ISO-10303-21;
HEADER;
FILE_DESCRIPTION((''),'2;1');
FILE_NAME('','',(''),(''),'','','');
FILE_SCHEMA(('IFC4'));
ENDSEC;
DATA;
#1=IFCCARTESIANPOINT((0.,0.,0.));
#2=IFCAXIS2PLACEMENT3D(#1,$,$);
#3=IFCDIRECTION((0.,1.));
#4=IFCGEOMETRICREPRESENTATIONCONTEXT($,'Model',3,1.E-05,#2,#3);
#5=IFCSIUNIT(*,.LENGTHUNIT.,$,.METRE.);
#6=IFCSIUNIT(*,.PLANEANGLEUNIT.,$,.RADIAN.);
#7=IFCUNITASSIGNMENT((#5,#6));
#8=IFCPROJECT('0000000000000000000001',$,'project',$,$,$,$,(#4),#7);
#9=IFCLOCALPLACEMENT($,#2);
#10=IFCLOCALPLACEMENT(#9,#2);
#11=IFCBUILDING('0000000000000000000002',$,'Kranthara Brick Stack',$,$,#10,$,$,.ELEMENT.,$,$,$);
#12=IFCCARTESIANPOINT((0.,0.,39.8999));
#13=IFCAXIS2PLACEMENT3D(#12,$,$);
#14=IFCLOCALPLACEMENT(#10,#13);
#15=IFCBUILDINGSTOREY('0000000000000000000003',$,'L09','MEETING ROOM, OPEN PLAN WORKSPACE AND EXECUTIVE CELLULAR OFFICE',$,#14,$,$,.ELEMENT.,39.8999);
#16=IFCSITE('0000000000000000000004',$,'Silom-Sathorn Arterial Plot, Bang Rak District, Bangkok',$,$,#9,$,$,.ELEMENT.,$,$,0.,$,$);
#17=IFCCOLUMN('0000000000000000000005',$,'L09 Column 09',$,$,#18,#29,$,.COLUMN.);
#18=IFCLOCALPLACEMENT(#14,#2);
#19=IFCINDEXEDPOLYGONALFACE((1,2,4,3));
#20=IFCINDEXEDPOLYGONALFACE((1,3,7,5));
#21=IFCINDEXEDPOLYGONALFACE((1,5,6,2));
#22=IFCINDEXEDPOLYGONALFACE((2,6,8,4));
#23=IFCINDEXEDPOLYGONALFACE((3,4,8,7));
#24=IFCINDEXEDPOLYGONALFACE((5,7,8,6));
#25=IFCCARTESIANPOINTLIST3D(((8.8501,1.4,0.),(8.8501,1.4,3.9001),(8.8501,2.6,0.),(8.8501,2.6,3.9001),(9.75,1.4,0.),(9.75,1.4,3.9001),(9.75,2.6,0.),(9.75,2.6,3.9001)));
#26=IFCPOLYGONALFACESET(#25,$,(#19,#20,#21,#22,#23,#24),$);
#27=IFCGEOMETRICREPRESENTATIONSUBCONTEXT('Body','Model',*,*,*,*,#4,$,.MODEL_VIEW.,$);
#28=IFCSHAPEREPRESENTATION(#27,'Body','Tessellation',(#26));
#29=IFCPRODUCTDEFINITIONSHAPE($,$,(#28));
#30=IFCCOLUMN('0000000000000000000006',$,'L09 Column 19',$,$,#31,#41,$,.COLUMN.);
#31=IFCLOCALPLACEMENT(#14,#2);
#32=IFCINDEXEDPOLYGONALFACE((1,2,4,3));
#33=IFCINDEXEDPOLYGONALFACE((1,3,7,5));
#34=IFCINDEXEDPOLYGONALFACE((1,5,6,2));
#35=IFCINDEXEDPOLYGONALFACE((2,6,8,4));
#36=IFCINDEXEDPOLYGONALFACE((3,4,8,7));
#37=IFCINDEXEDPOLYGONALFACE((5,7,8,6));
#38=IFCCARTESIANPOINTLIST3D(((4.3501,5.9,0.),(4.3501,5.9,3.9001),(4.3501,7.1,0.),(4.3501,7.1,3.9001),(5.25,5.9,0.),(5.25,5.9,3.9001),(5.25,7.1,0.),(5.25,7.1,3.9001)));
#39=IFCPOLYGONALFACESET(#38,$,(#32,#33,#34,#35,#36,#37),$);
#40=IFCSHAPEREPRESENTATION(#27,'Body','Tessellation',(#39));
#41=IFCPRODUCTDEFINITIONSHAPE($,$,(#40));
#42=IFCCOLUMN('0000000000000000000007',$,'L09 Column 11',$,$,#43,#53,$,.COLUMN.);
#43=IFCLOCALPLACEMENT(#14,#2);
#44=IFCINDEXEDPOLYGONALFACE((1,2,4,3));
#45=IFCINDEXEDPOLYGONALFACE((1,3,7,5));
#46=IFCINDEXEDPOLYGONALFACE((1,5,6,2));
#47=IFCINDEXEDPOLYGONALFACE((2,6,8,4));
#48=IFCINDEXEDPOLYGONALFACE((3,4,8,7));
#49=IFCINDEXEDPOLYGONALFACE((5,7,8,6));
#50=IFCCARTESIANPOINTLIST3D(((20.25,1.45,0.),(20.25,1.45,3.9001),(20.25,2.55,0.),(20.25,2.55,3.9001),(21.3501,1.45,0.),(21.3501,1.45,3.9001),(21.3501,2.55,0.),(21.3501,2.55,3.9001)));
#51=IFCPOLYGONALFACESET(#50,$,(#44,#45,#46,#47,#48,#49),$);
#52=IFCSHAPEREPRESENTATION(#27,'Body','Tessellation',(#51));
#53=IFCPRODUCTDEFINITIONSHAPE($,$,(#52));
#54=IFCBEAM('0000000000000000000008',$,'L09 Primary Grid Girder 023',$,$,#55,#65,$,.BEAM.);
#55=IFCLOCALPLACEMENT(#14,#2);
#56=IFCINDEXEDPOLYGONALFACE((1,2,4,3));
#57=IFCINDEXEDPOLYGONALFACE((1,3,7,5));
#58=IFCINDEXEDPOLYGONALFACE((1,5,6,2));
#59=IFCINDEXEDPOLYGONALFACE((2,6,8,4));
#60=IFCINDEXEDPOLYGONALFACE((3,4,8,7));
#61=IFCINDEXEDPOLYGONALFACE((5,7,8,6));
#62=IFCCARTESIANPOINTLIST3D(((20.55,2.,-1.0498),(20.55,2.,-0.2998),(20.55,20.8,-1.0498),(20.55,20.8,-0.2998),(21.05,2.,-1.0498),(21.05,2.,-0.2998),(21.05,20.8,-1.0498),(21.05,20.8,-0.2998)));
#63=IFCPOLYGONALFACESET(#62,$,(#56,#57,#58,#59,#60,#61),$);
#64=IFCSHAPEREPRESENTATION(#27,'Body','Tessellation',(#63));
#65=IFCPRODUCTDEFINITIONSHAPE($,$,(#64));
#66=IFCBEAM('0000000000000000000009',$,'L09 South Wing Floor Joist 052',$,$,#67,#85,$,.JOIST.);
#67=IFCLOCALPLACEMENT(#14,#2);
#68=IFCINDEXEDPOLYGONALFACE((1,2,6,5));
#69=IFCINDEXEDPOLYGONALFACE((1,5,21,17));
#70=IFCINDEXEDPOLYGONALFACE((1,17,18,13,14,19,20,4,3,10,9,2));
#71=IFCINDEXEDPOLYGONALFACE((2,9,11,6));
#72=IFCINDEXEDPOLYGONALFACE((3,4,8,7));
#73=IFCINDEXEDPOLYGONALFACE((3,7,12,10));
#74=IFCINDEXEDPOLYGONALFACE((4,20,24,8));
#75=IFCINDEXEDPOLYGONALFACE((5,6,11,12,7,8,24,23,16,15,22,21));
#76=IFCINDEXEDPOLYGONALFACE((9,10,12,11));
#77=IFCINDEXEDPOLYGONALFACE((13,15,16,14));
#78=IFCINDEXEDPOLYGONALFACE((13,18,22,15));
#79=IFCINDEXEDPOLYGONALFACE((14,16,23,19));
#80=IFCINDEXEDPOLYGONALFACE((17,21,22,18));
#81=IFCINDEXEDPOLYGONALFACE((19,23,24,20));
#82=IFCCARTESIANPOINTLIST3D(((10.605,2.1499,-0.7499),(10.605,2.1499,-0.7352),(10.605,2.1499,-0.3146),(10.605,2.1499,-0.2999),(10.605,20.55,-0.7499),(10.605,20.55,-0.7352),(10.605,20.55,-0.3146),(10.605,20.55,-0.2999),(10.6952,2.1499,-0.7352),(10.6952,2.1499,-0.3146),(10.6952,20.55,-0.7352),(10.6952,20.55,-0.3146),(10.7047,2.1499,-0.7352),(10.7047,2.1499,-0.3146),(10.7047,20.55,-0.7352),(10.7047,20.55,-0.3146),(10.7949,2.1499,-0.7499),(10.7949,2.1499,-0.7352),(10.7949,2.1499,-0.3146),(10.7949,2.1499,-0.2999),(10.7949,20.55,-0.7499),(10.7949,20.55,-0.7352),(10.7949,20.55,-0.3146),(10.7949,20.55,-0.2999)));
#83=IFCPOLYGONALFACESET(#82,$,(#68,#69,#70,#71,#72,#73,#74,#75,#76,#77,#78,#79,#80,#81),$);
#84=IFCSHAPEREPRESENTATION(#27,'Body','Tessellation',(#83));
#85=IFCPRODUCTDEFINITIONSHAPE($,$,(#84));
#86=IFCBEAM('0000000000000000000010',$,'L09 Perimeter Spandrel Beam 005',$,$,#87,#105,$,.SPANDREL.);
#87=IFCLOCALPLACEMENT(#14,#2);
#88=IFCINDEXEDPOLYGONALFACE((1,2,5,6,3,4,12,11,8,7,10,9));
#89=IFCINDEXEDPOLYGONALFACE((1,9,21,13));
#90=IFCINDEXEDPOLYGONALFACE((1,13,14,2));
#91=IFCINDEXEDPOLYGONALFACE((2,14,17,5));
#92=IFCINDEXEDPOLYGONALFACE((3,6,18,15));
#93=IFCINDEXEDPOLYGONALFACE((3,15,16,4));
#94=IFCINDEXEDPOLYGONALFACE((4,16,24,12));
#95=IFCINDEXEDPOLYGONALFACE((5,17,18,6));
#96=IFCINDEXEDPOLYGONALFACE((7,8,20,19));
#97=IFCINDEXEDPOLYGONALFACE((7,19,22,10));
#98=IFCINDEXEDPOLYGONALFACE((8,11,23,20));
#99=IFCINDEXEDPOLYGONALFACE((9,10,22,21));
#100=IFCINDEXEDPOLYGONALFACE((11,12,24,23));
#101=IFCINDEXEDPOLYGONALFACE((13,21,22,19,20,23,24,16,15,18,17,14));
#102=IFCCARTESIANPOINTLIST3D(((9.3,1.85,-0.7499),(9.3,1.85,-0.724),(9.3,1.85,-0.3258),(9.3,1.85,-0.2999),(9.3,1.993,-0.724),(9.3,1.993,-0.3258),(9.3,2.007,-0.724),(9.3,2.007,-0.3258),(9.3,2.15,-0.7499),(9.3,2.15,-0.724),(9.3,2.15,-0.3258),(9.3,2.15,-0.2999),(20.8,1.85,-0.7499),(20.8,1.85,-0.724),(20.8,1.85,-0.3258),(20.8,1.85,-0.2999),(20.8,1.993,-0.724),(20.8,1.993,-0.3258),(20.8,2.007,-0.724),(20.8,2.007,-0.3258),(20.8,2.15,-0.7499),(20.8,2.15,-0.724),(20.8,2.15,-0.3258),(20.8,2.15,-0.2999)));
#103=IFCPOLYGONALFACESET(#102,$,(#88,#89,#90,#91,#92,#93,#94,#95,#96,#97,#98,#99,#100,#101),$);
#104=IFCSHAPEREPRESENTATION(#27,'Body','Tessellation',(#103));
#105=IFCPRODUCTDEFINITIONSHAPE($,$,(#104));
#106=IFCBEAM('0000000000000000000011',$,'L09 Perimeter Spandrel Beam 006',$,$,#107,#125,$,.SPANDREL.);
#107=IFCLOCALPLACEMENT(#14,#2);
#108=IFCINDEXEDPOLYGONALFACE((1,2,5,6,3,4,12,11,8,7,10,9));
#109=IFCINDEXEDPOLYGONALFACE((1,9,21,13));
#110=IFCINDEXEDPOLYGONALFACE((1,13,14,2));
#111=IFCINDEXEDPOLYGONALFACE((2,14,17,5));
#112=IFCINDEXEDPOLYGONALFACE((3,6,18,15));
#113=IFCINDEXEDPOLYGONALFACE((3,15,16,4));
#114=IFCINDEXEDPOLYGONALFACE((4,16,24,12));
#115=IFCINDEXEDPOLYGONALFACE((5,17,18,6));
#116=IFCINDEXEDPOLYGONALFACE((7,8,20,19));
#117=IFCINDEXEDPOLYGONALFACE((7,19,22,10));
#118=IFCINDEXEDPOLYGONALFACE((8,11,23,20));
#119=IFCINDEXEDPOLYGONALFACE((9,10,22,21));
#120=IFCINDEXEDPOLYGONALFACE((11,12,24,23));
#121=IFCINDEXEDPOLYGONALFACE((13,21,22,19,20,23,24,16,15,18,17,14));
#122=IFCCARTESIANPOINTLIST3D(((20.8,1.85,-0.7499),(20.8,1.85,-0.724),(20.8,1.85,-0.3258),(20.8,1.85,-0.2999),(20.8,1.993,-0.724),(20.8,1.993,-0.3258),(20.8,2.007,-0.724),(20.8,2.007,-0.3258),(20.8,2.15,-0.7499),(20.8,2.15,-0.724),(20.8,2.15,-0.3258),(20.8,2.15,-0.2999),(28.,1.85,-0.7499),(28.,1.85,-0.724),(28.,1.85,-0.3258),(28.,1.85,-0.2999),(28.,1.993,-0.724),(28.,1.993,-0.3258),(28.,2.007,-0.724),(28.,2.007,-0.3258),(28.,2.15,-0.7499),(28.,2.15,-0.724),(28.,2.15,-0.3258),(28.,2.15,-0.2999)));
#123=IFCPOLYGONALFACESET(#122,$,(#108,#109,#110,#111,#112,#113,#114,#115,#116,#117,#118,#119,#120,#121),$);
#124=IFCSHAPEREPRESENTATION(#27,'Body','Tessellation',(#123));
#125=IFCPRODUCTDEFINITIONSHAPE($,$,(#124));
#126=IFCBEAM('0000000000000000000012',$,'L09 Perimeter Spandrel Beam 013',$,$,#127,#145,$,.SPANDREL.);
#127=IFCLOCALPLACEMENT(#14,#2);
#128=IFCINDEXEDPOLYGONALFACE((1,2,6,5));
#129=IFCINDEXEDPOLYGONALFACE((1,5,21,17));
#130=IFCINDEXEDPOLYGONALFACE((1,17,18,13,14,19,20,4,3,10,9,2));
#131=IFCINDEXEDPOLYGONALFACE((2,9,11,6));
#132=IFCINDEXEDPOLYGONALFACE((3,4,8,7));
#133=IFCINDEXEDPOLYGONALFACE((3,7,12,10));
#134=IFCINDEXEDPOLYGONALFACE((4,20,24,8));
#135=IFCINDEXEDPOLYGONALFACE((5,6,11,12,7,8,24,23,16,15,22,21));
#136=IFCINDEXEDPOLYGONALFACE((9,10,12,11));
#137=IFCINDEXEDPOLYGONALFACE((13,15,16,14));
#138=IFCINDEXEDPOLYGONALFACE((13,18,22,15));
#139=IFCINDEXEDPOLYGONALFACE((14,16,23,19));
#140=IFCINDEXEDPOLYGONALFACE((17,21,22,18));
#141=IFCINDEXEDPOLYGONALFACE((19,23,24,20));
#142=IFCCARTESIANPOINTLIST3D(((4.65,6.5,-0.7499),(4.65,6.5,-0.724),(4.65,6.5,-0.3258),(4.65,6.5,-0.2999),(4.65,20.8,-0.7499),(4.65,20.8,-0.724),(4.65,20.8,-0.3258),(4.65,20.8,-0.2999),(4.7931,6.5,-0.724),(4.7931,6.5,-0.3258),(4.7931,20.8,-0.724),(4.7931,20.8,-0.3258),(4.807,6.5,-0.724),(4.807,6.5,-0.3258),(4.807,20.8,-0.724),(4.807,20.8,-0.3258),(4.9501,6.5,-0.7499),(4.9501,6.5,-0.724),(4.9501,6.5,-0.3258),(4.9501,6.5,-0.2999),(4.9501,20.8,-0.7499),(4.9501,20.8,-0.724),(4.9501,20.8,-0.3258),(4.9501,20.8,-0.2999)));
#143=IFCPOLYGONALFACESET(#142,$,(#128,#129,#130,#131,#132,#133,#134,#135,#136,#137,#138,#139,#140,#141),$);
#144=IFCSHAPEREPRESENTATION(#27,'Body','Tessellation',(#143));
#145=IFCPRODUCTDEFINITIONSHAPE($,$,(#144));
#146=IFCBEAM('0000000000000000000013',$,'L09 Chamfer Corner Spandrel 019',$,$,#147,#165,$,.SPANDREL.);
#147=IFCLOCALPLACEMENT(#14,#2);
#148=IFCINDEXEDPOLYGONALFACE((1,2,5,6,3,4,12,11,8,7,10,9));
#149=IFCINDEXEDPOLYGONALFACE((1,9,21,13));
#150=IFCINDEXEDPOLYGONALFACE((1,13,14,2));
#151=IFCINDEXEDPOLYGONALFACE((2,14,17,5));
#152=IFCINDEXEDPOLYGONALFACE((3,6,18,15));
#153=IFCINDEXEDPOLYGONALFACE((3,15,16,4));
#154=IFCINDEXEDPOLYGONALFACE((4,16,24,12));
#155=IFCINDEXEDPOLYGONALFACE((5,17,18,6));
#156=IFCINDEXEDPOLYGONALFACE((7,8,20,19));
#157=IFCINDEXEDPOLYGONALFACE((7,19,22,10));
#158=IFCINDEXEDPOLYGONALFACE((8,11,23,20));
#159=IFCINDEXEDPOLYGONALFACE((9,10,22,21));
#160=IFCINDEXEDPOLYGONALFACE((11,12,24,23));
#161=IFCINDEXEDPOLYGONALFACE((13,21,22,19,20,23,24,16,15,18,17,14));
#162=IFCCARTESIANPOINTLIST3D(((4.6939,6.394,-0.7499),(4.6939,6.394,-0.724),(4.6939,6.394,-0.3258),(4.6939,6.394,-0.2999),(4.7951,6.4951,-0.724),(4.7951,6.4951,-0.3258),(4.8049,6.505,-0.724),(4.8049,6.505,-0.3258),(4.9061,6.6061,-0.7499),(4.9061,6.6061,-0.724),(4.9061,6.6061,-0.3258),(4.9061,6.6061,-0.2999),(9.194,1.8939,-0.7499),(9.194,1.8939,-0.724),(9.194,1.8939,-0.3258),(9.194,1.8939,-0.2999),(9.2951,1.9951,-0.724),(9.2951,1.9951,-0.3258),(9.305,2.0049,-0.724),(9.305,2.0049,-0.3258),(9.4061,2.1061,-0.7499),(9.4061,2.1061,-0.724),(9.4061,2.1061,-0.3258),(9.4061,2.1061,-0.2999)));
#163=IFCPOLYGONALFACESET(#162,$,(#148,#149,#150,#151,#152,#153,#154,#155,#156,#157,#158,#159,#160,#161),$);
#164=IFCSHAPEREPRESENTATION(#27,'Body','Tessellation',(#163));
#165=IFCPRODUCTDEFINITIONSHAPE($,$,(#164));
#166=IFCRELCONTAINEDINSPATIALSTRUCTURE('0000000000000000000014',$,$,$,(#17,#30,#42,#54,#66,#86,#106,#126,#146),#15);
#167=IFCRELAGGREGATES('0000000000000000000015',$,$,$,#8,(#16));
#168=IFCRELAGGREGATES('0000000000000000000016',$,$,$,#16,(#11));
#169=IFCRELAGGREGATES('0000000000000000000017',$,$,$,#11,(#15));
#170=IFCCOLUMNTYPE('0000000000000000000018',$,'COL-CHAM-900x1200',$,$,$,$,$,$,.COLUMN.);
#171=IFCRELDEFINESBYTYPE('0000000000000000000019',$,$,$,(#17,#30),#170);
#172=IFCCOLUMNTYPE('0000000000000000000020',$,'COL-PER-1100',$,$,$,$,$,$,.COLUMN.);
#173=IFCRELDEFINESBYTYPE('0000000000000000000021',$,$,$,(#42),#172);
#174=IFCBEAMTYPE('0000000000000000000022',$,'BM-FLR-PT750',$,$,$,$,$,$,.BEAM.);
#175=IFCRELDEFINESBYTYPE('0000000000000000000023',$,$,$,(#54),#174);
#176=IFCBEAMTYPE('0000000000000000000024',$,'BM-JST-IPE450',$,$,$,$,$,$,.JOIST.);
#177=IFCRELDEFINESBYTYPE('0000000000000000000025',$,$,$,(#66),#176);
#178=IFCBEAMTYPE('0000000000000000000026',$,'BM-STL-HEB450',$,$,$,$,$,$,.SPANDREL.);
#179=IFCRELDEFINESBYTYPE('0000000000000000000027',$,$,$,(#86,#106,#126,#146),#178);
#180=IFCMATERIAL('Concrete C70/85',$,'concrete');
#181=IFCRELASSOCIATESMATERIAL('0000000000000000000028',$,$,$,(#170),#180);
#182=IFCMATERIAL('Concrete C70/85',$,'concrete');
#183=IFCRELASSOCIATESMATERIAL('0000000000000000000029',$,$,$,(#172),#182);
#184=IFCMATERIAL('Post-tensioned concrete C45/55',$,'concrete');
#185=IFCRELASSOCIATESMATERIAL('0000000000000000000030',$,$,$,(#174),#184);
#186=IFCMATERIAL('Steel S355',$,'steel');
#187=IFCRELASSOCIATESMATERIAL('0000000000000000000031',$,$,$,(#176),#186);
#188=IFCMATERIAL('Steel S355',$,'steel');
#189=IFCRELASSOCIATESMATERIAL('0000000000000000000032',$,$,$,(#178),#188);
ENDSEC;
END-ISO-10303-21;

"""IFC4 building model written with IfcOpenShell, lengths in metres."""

from ifc_helpers import new_model, si_unit, direction, frame, origin, origin_2d, place, context, subcontext, project, spatial, rectangle, i_section, extrude, material, material_profile, profile_set, type_object, element, save


model = new_model("IFC4")

# Units and contexts
model_context = context("Model", 3, precision=1e-05, world=origin(), true_north=direction((0.0, 1.0)))
body_context = subcontext(model_context, "Body", "Model", "MODEL_VIEW")
ifc_project = project(units=[si_unit("LENGTHUNIT", "METRE"), si_unit("PLANEANGLEUNIT", "RADIAN")], contexts=[model_context])

# Site, building, storey
site_placement = place(None, origin())
site = spatial("IfcSite", under=ifc_project, at=site_placement, Name="Silom-Sathorn Arterial Plot, Bang Rak District, Bangkok", CompositionType="ELEMENT", RefElevation=0.0)
building_placement = place(site_placement, origin())
building = spatial("IfcBuilding", under=site, at=building_placement, Name="Kranthara Brick Stack", CompositionType="ELEMENT")
storey_placement = place(building_placement, frame((0.0, 0.0, 39.8999)))
storey = spatial("IfcBuildingStorey", under=building, at=storey_placement, Name="L09", Description="MEETING ROOM, OPEN PLAN WORKSPACE AND EXECUTIVE CELLULAR OFFICE", CompositionType="ELEMENT", Elevation=39.8999)

# Columns
ifc_material_1 = material(Name="Concrete C70/85", Category="concrete")
ifc_material_profile_1 = material_profile(ifc_material_1, rectangle(XDim=0.8999, YDim=1.2, at=origin_2d()), Name="RC 900x1200")
ifc_profile_set_1 = profile_set([ifc_material_profile_1], Name="Concrete C70/85")
column_type_1 = type_object("IfcColumnType", Name="COL-CHAM-900x1200", PredefinedType="COLUMN", material=ifc_profile_set_1)
for number, where, z_axis, x_axis, name in (
    (1, (9.3, 2.0, 0.0), (0.0, 0.0, 1.0), (1.0, 0.0, 0.0), "L09 Column 09"),
    (2, (4.8, 6.5, 0.0), (0.0, 0.0, 1.0), (1.0, 0.0, 0.0), "L09 Column 19"),
):
    element("IfcColumn", number, at=place(storey_placement, frame(where, z_axis=z_axis, x_axis=x_axis)), inside=storey, type_object=column_type_1, Name=name, PredefinedType="COLUMN", context=body_context, shape_type="SweptSolid", body=[
        extrude(rectangle(XDim=0.8999, YDim=1.2, at=origin_2d()), origin(), (0.0, 0.0, 1.0), 3.9001),
    ])
ifc_material_2 = material(Name="Concrete C70/85", Category="concrete")
ifc_material_profile_2 = material_profile(ifc_material_2, rectangle(XDim=1.1001, YDim=1.1001, at=origin_2d()), Name="RC 1100x1100")
ifc_profile_set_2 = profile_set([ifc_material_profile_2], Name="Concrete C70/85")
column_type_2 = type_object("IfcColumnType", Name="COL-PER-1100", PredefinedType="COLUMN", material=ifc_profile_set_2)
column_placement = place(storey_placement, frame((20.8, 2.0, 0.0), z_axis=(0.0, 0.0, 1.0), x_axis=(1.0, 0.0, 0.0)))
element("IfcColumn", 3, at=column_placement, inside=storey, type_object=column_type_2, Name="L09 Column 11", PredefinedType="COLUMN", context=body_context, shape_type="SweptSolid", body=[
    extrude(rectangle(XDim=1.1001, YDim=1.1001, at=origin_2d()), origin(), (0.0, 0.0, 1.0), 3.9001),
])

# Beams
ifc_material_3 = material(Name="Post-tensioned concrete C45/55", Category="concrete")
ifc_material_profile_3 = material_profile(ifc_material_3, rectangle(XDim=0.5, YDim=0.75, at=origin_2d()), Name="PT 500x750")
ifc_profile_set_3 = profile_set([ifc_material_profile_3], Name="Post-tensioned concrete C45/55")
beam_type_1 = type_object("IfcBeamType", Name="BM-FLR-PT750", PredefinedType="BEAM", material=ifc_profile_set_3)
beam_1_placement = place(storey_placement, frame((20.8, 2.0, -0.6748), z_axis=(0.0, 1.0, 0.0), x_axis=(-1.0, 0.0, 0.0)))
element("IfcBeam", 4, at=beam_1_placement, inside=storey, type_object=beam_type_1, Name="L09 Primary Grid Girder 023", PredefinedType="BEAM", context=body_context, shape_type="SweptSolid", body=[
    extrude(rectangle(XDim=0.5, YDim=0.75, at=origin_2d()), origin(), (0.0, 0.0, 1.0), 18.8),
])
ifc_material_4 = material(Name="Steel S355", Category="steel")
ifc_material_profile_4 = material_profile(ifc_material_4, i_section(OverallWidth=0.1899, OverallDepth=0.45, WebThickness=0.0095, FlangeThickness=0.0146, at=origin_2d()), Name="IPE 450")
ifc_profile_set_4 = profile_set([ifc_material_profile_4], Name="Steel S355")
beam_type_2 = type_object("IfcBeamType", Name="BM-JST-IPE450", PredefinedType="JOIST", material=ifc_profile_set_4)
beam_2_placement = place(storey_placement, frame((10.7, 2.1499, -0.5249), z_axis=(0.0, 1.0, 0.0), x_axis=(-1.0, 0.0, 0.0)))
element("IfcBeam", 5, at=beam_2_placement, inside=storey, type_object=beam_type_2, Name="L09 South Wing Floor Joist 052", PredefinedType="JOIST", context=body_context, shape_type="SweptSolid", body=[
    extrude(i_section(OverallWidth=0.1899, OverallDepth=0.45, WebThickness=0.0095, FlangeThickness=0.0146, at=origin_2d()), origin(), (0.0, 0.0, 1.0), 18.4001),
])
ifc_material_5 = material(Name="Steel S355", Category="steel")
ifc_material_profile_5 = material_profile(ifc_material_5, i_section(OverallWidth=0.3, OverallDepth=0.45, WebThickness=0.0139, FlangeThickness=0.0259, at=origin_2d()), Name="HEB 450")
ifc_profile_set_5 = profile_set([ifc_material_profile_5], Name="Steel S355")
beam_type_3 = type_object("IfcBeamType", Name="BM-STL-HEB450", PredefinedType="SPANDREL", material=ifc_profile_set_5)
beam_3_placement = place(storey_placement, frame((9.3, 2.0, -0.5249), z_axis=(1.0, 0.0, 0.0), x_axis=(0.0, 1.0, 0.0)))
element("IfcBeam", 6, at=beam_3_placement, inside=storey, type_object=beam_type_3, Name="L09 Perimeter Spandrel Beam 005", PredefinedType="SPANDREL", context=body_context, shape_type="SweptSolid", body=[
    extrude(i_section(OverallWidth=0.3, OverallDepth=0.45, WebThickness=0.0139, FlangeThickness=0.0259, at=origin_2d()), origin(), (0.0, 0.0, 1.0), 11.5),
])
beam_4_placement = place(storey_placement, frame((20.8, 2.0, -0.5249), z_axis=(1.0, 0.0, 0.0), x_axis=(0.0, 1.0, 0.0)))
element("IfcBeam", 7, at=beam_4_placement, inside=storey, type_object=beam_type_3, Name="L09 Perimeter Spandrel Beam 006", PredefinedType="SPANDREL", context=body_context, shape_type="SweptSolid", body=[
    extrude(i_section(OverallWidth=0.3, OverallDepth=0.45, WebThickness=0.0139, FlangeThickness=0.0259, at=origin_2d()), origin(), (0.0, 0.0, 1.0), 7.2),
])
beam_5_placement = place(storey_placement, frame((4.8, 6.5, -0.5249), z_axis=(0.0, 1.0, 0.0), x_axis=(-1.0, 0.0, 0.0)))
element("IfcBeam", 8, at=beam_5_placement, inside=storey, type_object=beam_type_3, Name="L09 Perimeter Spandrel Beam 013", PredefinedType="SPANDREL", context=body_context, shape_type="SweptSolid", body=[
    extrude(i_section(OverallWidth=0.3, OverallDepth=0.45, WebThickness=0.0139, FlangeThickness=0.0259, at=origin_2d()), origin(), (0.0, 0.0, 1.0), 14.3),
])
beam_6_placement = place(storey_placement, frame((9.3, 2.0, -0.5249), z_axis=(-0.707107, 0.707107, 0.0), x_axis=(-0.707107, -0.707107, 0.0)))
element("IfcBeam", 9, at=beam_6_placement, inside=storey, type_object=beam_type_3, Name="L09 Chamfer Corner Spandrel 019", PredefinedType="SPANDREL", context=body_context, shape_type="SweptSolid", body=[
    extrude(i_section(OverallWidth=0.3, OverallDepth=0.45, WebThickness=0.0139, FlangeThickness=0.0259, at=origin_2d()), origin(), (0.0, 0.0, 1.0), 6.364),
])

save(model, "model.ifc")
